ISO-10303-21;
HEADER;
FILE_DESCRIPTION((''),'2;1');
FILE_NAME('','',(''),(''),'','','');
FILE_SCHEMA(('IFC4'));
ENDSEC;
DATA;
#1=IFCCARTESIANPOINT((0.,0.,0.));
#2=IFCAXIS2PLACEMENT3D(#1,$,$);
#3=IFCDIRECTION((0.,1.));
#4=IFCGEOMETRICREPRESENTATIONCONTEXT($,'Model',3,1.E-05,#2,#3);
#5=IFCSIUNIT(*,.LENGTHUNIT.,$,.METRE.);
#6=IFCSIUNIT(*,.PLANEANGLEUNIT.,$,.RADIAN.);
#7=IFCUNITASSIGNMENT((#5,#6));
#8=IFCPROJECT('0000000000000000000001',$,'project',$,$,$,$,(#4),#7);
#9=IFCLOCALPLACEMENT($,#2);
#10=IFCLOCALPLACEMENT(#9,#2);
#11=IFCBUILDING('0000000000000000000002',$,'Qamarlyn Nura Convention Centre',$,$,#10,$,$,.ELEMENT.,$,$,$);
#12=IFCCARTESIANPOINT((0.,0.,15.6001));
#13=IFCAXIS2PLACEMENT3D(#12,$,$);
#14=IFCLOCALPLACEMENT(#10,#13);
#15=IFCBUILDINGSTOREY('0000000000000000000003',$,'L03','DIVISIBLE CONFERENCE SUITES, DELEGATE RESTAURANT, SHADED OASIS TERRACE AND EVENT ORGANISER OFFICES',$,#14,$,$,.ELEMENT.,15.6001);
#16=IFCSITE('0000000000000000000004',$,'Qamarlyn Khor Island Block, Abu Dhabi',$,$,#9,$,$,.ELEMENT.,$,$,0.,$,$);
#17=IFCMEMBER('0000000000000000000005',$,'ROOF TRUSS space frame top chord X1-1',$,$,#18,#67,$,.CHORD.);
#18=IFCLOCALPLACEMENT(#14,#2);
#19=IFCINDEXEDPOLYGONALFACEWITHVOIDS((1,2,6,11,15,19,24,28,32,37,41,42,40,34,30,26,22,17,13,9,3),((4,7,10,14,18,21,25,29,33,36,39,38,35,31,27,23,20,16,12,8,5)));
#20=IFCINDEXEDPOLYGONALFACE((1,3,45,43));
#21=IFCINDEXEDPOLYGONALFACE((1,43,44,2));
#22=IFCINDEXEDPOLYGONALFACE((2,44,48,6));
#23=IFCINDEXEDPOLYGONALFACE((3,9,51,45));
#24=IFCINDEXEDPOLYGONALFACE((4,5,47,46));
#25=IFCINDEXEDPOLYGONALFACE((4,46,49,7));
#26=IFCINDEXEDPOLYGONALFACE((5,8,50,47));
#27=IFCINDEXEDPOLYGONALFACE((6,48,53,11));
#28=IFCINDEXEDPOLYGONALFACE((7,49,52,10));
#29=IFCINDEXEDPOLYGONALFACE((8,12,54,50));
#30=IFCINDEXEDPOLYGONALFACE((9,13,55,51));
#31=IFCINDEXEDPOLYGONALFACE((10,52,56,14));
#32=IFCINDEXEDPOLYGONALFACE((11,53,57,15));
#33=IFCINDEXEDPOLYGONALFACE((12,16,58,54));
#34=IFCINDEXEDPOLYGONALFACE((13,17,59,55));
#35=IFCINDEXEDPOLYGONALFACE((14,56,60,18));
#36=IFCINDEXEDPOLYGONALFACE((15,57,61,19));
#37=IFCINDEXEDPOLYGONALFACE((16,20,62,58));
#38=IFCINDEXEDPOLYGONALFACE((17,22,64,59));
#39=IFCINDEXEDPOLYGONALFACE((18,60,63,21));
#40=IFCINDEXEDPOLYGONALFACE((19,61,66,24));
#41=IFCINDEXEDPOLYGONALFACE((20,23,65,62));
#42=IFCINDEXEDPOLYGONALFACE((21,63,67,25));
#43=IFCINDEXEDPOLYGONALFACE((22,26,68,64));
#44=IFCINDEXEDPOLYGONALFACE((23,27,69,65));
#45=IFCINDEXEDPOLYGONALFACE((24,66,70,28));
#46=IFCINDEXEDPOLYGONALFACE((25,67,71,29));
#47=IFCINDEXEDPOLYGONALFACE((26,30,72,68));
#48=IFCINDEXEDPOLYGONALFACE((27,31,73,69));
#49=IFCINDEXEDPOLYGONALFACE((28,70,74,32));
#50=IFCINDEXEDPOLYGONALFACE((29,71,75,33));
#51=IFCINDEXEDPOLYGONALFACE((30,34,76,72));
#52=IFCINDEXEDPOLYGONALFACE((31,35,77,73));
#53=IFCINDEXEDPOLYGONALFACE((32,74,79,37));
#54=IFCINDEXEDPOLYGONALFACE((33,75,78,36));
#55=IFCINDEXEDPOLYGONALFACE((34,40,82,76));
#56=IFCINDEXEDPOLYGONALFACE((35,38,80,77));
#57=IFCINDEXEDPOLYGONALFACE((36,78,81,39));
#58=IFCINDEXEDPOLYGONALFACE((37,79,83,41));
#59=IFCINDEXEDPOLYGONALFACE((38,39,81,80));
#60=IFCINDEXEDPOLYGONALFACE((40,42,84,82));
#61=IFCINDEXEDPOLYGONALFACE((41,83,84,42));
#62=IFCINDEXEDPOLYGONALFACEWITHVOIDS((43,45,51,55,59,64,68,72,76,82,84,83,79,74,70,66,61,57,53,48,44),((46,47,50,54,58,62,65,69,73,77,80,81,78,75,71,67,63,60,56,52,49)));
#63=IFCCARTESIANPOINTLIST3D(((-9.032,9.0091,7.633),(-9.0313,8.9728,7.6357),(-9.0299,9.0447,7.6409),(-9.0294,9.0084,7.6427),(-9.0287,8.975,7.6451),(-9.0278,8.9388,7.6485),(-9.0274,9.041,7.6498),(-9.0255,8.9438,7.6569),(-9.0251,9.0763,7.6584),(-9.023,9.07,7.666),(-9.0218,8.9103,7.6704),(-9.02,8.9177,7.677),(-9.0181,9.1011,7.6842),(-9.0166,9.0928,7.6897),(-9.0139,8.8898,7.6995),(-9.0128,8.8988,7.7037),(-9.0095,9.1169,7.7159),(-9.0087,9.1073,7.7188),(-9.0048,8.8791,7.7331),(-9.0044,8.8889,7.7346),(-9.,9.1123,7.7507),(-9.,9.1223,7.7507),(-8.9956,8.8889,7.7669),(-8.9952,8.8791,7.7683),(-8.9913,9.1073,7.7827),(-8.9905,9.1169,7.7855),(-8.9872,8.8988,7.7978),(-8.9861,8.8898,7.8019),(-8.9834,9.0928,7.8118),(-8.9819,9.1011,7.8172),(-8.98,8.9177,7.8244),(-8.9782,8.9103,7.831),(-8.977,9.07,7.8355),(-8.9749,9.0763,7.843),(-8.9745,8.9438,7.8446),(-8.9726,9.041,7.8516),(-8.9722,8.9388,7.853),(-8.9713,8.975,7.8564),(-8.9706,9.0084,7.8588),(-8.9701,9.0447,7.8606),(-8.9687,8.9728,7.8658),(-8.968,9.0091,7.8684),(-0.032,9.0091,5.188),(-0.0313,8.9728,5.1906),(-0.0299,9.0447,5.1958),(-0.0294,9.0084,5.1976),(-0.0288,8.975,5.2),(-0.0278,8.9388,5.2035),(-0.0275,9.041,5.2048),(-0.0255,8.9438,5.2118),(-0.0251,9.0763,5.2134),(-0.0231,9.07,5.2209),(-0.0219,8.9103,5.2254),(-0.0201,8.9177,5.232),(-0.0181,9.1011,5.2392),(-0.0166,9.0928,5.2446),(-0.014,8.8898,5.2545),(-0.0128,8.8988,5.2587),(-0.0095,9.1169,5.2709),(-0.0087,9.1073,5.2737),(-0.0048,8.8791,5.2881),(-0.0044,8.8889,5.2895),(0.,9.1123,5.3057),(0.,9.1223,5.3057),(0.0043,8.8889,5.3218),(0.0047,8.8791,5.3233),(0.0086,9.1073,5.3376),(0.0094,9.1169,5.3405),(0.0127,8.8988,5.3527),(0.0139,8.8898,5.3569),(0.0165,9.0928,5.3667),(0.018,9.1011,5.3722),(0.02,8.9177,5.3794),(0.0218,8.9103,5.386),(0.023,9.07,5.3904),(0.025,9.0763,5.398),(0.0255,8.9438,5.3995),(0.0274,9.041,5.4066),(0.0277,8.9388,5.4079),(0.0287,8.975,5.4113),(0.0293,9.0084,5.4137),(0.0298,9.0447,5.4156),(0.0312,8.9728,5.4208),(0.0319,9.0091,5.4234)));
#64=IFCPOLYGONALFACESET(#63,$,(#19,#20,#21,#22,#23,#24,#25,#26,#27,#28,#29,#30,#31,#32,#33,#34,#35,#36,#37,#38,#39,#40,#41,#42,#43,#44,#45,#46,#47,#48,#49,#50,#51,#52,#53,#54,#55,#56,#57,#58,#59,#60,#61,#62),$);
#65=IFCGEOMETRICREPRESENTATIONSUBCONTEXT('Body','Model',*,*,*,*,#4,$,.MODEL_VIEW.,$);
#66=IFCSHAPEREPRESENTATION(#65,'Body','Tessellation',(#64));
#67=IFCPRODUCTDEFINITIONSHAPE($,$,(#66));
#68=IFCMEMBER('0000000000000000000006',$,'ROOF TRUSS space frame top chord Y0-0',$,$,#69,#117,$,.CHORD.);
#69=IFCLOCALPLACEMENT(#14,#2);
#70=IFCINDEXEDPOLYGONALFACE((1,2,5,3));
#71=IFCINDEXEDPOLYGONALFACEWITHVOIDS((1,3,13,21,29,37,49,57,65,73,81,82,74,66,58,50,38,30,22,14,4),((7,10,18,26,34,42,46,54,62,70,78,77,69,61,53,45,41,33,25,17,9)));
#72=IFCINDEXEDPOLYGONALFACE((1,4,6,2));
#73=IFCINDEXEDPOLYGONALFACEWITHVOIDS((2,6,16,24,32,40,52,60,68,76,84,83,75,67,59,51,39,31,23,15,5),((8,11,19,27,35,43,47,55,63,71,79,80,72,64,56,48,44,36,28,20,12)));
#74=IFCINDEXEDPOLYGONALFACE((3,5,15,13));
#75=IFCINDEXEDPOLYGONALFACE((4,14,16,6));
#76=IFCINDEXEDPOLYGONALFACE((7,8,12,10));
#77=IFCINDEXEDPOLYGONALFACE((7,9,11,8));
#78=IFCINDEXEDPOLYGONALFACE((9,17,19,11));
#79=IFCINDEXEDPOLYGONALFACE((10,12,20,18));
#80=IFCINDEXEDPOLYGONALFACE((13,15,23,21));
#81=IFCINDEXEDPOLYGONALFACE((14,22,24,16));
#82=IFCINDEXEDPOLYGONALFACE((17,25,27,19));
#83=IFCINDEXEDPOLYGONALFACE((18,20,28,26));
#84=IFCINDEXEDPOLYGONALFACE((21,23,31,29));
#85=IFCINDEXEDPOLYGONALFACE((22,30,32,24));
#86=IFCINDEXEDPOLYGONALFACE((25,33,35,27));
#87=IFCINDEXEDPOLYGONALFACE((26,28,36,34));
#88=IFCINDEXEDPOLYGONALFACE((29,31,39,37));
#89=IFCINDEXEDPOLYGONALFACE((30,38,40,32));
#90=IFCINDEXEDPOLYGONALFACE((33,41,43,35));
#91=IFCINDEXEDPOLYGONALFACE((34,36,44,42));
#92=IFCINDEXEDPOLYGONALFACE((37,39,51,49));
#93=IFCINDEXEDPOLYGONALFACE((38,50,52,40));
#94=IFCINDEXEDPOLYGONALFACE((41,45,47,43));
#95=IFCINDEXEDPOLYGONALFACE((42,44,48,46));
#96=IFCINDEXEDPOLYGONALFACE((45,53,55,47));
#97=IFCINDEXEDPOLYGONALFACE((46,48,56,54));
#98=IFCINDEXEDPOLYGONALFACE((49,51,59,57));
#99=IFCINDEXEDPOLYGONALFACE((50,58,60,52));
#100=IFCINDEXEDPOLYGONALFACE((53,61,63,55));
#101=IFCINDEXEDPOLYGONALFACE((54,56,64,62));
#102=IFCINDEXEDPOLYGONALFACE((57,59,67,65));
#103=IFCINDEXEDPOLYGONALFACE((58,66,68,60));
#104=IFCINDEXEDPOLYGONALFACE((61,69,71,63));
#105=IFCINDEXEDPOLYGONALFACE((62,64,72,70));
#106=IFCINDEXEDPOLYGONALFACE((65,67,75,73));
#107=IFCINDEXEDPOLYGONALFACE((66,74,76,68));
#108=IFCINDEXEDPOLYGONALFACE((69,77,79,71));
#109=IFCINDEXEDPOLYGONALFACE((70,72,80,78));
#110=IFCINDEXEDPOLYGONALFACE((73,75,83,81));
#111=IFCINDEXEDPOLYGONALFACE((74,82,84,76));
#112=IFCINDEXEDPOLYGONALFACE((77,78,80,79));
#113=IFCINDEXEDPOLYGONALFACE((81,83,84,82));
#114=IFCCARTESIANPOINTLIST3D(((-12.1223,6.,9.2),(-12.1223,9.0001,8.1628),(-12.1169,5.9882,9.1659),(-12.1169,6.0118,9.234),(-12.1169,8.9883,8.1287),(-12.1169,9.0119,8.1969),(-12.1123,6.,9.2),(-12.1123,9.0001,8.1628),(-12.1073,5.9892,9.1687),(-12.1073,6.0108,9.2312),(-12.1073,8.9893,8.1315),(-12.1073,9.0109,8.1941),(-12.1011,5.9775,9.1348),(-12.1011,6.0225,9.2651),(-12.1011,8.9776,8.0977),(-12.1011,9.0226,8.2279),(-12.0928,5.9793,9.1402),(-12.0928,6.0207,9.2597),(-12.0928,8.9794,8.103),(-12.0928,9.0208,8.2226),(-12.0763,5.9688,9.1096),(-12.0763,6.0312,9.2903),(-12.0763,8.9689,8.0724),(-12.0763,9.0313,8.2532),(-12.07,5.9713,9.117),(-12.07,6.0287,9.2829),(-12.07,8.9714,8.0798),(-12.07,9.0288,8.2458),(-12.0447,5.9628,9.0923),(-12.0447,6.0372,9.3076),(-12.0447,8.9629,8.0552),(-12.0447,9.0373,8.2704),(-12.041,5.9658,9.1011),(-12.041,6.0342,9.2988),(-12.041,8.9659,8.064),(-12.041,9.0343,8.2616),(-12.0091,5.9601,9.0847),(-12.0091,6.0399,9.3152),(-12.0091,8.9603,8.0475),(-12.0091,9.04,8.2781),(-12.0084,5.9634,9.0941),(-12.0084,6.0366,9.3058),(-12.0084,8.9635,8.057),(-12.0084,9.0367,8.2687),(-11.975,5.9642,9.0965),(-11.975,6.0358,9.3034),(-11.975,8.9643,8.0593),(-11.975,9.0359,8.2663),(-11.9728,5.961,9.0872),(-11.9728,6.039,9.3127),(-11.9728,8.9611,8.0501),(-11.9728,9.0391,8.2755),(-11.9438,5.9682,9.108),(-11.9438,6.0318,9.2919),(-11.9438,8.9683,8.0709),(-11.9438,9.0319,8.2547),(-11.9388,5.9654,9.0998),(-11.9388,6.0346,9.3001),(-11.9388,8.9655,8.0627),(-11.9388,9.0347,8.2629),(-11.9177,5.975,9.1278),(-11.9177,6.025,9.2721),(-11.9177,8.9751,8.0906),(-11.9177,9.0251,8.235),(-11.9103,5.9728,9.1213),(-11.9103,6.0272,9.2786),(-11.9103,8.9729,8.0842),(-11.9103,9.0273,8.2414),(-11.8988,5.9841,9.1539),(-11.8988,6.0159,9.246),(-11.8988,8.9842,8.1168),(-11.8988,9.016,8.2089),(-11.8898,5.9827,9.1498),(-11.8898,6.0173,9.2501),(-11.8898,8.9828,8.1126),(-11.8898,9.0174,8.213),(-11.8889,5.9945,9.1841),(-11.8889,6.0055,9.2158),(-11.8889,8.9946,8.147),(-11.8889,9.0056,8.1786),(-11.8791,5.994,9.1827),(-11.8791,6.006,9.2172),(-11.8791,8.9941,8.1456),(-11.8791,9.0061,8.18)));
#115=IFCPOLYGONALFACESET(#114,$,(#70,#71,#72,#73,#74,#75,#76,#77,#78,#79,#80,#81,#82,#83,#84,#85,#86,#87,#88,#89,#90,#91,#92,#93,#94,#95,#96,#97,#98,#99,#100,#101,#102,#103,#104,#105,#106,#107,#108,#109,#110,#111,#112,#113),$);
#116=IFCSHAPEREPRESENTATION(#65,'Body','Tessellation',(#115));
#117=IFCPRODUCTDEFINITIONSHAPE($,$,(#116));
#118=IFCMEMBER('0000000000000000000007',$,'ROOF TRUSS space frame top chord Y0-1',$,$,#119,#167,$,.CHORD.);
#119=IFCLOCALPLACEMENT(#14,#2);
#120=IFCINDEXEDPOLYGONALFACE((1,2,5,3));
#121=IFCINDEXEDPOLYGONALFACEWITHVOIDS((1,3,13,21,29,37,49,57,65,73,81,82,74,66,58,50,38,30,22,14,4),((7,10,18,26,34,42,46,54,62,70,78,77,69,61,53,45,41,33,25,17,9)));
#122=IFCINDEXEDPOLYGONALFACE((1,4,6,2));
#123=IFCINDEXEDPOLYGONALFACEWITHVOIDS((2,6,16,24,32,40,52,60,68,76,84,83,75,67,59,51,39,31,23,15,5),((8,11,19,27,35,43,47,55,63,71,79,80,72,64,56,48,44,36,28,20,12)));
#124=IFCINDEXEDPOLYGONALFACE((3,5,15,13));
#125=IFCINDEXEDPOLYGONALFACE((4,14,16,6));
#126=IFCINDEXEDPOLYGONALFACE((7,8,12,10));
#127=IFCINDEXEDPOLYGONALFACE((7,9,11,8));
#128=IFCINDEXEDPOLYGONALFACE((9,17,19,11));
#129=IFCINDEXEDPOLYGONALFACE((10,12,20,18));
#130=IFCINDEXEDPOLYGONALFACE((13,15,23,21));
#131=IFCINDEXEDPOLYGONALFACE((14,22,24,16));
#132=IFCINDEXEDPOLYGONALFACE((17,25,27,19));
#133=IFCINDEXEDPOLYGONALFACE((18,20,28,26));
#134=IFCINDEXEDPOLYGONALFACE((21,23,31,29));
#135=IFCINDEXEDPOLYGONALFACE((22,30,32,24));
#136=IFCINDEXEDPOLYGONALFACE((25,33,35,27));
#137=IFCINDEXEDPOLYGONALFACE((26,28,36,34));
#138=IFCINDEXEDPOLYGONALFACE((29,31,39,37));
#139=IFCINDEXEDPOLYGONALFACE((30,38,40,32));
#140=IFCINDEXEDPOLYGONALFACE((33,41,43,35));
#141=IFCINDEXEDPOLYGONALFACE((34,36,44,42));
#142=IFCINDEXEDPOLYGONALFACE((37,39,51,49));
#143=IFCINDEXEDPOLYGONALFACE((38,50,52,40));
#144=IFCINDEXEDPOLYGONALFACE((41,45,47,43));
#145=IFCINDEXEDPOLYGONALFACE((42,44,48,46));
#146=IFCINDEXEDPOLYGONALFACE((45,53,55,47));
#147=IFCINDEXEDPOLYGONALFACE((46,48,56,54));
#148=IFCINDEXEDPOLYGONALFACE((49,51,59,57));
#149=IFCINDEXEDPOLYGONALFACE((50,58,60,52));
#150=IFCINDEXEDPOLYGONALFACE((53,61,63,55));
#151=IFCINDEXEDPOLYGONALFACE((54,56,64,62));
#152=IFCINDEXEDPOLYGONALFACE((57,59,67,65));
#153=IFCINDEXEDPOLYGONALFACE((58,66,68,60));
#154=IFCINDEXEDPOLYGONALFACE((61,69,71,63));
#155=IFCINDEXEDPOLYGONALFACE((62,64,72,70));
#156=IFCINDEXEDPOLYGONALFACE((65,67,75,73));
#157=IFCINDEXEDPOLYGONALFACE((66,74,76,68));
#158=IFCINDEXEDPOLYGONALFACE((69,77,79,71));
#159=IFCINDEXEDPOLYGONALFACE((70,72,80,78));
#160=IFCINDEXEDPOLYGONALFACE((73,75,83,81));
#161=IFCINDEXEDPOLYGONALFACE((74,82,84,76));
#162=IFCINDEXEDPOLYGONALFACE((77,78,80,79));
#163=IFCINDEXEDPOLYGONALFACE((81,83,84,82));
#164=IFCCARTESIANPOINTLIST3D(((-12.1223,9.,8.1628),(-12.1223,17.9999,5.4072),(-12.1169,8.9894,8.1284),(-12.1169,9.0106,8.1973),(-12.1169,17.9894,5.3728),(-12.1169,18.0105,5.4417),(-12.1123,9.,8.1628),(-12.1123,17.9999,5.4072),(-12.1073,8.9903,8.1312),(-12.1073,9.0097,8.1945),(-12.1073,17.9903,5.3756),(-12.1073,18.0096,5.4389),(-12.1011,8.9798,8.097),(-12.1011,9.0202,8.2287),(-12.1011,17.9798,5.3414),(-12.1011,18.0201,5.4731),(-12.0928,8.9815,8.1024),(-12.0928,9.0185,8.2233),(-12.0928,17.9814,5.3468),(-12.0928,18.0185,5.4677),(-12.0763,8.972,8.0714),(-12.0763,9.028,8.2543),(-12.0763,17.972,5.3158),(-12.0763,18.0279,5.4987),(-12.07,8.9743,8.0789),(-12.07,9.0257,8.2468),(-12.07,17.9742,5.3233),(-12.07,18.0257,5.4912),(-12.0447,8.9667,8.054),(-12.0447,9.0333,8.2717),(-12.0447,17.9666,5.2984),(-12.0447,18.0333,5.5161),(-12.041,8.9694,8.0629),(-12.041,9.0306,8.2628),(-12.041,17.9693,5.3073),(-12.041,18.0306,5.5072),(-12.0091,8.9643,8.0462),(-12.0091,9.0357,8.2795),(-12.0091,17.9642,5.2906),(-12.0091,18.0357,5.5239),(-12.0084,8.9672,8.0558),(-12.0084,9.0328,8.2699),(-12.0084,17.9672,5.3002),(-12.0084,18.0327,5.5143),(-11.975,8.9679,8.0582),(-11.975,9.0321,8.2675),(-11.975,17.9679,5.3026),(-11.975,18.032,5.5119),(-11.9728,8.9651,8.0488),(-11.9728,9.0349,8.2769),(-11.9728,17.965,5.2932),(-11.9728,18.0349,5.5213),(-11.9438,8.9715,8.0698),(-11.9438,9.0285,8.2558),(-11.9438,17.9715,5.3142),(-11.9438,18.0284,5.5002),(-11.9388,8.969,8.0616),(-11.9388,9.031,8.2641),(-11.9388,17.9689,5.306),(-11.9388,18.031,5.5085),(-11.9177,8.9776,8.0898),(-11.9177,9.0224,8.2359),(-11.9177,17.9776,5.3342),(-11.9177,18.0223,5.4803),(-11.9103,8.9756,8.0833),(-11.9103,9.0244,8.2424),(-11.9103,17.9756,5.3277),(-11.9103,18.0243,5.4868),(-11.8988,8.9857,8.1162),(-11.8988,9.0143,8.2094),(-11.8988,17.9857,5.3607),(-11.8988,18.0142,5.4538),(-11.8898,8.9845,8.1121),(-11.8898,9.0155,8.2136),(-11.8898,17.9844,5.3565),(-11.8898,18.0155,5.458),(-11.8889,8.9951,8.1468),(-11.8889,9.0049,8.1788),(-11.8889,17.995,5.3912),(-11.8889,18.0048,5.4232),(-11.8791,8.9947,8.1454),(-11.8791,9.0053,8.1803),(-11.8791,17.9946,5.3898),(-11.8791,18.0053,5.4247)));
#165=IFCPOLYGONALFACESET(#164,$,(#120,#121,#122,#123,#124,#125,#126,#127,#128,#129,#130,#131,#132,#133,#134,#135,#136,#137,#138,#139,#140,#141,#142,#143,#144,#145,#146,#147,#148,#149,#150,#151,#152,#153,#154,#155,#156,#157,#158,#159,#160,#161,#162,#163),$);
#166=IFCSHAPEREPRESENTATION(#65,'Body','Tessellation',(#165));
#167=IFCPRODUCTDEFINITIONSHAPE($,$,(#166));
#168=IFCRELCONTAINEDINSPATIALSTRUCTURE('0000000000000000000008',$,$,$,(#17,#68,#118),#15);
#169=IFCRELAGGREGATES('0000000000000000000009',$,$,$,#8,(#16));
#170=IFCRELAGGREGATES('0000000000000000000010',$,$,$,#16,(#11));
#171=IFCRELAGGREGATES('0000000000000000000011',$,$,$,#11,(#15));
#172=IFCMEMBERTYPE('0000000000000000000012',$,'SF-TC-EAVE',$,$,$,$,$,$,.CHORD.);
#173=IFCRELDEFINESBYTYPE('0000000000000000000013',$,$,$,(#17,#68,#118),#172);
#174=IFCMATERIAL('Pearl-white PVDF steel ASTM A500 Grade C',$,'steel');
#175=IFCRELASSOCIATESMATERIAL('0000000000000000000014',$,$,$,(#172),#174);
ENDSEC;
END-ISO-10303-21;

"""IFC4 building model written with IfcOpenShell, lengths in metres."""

from ifc_helpers import new_model, si_unit, direction, frame, origin, origin_2d, place, context, subcontext, project, spatial, hollow_circle, extrude, material, material_profile, profile_set, type_object, element, save


model = new_model("IFC4")

# Units and contexts
model_context = context("Model", 3, precision=1e-05, world=origin(), true_north=direction((0.0, 1.0)))
body_context = subcontext(model_context, "Body", "Model", "MODEL_VIEW")
ifc_project = project(units=[si_unit("LENGTHUNIT", "METRE"), si_unit("PLANEANGLEUNIT", "RADIAN")], contexts=[model_context])

# Site, building, storey
site_placement = place(None, origin())
site = spatial("IfcSite", under=ifc_project, at=site_placement, Name="Qamarlyn Khor Island Block, Abu Dhabi", CompositionType="ELEMENT", RefElevation=0.0)
building_placement = place(site_placement, origin())
building = spatial("IfcBuilding", under=site, at=building_placement, Name="Qamarlyn Nura Convention Centre", CompositionType="ELEMENT")
storey_placement = place(building_placement, frame((0.0, 0.0, 15.6001)))
storey = spatial("IfcBuildingStorey", under=building, at=storey_placement, Name="L03", Description="DIVISIBLE CONFERENCE SUITES, DELEGATE RESTAURANT, SHADED OASIS TERRACE AND EVENT ORGANISER OFFICES", CompositionType="ELEMENT", Elevation=15.6001)

# Members
ifc_material_1 = material(Name="Pearl-white PVDF steel ASTM A500 Grade C", Category="steel")
ifc_material_profile = material_profile(ifc_material_1, hollow_circle(Radius=0.1223, WallThickness=0.01, at=origin_2d()), Name="CHS244.5X10")
ifc_profile_set = profile_set([ifc_material_profile], Name="Pearl-white PVDF steel ASTM A500 Grade C")
member_type = type_object("IfcMemberType", Name="SF-TC-EAVE", PredefinedType="CHORD", material=ifc_profile_set)
member_1_placement = place(storey_placement, frame((-9.0, 9.0, 7.7507), z_axis=(0.965021, 0.0, -0.262171), x_axis=(0.0, 1.0, 0.0)))
element("IfcMember", 1, at=member_1_placement, inside=storey, type_object=member_type, Name="ROOF TRUSS space frame top chord X1-1", PredefinedType="CHORD", context=body_context, shape_type="SweptSolid", body=[
    extrude(hollow_circle(Radius=0.1223, WallThickness=0.01, at=origin_2d()), origin(), (0.0, 0.0, 1.0), 9.3262),
])
member_2_placement = place(storey_placement, frame((-12.0, 6.0, 9.2), z_axis=(0.0, 0.945118, -0.32673), x_axis=(-1.0, 0.0, 0.0)))
element("IfcMember", 2, at=member_2_placement, inside=storey, type_object=member_type, Name="ROOF TRUSS space frame top chord Y0-0", PredefinedType="CHORD", context=body_context, shape_type="SweptSolid", body=[
    extrude(hollow_circle(Radius=0.1223, WallThickness=0.01, at=origin_2d()), origin(), (0.0, 0.0, 1.0), 3.1743),
])
member_3_placement = place(storey_placement, frame((-12.0, 9.0, 8.1628), z_axis=(0.0, 0.956185, -0.292764), x_axis=(-1.0, 0.0, 0.0)))
element("IfcMember", 3, at=member_3_placement, inside=storey, type_object=member_type, Name="ROOF TRUSS space frame top chord Y0-1", PredefinedType="CHORD", context=body_context, shape_type="SweptSolid", body=[
    extrude(hollow_circle(Radius=0.1223, WallThickness=0.01, at=origin_2d()), origin(), (0.0, 0.0, 1.0), 9.4124),
])

save(model, "model.ifc")
